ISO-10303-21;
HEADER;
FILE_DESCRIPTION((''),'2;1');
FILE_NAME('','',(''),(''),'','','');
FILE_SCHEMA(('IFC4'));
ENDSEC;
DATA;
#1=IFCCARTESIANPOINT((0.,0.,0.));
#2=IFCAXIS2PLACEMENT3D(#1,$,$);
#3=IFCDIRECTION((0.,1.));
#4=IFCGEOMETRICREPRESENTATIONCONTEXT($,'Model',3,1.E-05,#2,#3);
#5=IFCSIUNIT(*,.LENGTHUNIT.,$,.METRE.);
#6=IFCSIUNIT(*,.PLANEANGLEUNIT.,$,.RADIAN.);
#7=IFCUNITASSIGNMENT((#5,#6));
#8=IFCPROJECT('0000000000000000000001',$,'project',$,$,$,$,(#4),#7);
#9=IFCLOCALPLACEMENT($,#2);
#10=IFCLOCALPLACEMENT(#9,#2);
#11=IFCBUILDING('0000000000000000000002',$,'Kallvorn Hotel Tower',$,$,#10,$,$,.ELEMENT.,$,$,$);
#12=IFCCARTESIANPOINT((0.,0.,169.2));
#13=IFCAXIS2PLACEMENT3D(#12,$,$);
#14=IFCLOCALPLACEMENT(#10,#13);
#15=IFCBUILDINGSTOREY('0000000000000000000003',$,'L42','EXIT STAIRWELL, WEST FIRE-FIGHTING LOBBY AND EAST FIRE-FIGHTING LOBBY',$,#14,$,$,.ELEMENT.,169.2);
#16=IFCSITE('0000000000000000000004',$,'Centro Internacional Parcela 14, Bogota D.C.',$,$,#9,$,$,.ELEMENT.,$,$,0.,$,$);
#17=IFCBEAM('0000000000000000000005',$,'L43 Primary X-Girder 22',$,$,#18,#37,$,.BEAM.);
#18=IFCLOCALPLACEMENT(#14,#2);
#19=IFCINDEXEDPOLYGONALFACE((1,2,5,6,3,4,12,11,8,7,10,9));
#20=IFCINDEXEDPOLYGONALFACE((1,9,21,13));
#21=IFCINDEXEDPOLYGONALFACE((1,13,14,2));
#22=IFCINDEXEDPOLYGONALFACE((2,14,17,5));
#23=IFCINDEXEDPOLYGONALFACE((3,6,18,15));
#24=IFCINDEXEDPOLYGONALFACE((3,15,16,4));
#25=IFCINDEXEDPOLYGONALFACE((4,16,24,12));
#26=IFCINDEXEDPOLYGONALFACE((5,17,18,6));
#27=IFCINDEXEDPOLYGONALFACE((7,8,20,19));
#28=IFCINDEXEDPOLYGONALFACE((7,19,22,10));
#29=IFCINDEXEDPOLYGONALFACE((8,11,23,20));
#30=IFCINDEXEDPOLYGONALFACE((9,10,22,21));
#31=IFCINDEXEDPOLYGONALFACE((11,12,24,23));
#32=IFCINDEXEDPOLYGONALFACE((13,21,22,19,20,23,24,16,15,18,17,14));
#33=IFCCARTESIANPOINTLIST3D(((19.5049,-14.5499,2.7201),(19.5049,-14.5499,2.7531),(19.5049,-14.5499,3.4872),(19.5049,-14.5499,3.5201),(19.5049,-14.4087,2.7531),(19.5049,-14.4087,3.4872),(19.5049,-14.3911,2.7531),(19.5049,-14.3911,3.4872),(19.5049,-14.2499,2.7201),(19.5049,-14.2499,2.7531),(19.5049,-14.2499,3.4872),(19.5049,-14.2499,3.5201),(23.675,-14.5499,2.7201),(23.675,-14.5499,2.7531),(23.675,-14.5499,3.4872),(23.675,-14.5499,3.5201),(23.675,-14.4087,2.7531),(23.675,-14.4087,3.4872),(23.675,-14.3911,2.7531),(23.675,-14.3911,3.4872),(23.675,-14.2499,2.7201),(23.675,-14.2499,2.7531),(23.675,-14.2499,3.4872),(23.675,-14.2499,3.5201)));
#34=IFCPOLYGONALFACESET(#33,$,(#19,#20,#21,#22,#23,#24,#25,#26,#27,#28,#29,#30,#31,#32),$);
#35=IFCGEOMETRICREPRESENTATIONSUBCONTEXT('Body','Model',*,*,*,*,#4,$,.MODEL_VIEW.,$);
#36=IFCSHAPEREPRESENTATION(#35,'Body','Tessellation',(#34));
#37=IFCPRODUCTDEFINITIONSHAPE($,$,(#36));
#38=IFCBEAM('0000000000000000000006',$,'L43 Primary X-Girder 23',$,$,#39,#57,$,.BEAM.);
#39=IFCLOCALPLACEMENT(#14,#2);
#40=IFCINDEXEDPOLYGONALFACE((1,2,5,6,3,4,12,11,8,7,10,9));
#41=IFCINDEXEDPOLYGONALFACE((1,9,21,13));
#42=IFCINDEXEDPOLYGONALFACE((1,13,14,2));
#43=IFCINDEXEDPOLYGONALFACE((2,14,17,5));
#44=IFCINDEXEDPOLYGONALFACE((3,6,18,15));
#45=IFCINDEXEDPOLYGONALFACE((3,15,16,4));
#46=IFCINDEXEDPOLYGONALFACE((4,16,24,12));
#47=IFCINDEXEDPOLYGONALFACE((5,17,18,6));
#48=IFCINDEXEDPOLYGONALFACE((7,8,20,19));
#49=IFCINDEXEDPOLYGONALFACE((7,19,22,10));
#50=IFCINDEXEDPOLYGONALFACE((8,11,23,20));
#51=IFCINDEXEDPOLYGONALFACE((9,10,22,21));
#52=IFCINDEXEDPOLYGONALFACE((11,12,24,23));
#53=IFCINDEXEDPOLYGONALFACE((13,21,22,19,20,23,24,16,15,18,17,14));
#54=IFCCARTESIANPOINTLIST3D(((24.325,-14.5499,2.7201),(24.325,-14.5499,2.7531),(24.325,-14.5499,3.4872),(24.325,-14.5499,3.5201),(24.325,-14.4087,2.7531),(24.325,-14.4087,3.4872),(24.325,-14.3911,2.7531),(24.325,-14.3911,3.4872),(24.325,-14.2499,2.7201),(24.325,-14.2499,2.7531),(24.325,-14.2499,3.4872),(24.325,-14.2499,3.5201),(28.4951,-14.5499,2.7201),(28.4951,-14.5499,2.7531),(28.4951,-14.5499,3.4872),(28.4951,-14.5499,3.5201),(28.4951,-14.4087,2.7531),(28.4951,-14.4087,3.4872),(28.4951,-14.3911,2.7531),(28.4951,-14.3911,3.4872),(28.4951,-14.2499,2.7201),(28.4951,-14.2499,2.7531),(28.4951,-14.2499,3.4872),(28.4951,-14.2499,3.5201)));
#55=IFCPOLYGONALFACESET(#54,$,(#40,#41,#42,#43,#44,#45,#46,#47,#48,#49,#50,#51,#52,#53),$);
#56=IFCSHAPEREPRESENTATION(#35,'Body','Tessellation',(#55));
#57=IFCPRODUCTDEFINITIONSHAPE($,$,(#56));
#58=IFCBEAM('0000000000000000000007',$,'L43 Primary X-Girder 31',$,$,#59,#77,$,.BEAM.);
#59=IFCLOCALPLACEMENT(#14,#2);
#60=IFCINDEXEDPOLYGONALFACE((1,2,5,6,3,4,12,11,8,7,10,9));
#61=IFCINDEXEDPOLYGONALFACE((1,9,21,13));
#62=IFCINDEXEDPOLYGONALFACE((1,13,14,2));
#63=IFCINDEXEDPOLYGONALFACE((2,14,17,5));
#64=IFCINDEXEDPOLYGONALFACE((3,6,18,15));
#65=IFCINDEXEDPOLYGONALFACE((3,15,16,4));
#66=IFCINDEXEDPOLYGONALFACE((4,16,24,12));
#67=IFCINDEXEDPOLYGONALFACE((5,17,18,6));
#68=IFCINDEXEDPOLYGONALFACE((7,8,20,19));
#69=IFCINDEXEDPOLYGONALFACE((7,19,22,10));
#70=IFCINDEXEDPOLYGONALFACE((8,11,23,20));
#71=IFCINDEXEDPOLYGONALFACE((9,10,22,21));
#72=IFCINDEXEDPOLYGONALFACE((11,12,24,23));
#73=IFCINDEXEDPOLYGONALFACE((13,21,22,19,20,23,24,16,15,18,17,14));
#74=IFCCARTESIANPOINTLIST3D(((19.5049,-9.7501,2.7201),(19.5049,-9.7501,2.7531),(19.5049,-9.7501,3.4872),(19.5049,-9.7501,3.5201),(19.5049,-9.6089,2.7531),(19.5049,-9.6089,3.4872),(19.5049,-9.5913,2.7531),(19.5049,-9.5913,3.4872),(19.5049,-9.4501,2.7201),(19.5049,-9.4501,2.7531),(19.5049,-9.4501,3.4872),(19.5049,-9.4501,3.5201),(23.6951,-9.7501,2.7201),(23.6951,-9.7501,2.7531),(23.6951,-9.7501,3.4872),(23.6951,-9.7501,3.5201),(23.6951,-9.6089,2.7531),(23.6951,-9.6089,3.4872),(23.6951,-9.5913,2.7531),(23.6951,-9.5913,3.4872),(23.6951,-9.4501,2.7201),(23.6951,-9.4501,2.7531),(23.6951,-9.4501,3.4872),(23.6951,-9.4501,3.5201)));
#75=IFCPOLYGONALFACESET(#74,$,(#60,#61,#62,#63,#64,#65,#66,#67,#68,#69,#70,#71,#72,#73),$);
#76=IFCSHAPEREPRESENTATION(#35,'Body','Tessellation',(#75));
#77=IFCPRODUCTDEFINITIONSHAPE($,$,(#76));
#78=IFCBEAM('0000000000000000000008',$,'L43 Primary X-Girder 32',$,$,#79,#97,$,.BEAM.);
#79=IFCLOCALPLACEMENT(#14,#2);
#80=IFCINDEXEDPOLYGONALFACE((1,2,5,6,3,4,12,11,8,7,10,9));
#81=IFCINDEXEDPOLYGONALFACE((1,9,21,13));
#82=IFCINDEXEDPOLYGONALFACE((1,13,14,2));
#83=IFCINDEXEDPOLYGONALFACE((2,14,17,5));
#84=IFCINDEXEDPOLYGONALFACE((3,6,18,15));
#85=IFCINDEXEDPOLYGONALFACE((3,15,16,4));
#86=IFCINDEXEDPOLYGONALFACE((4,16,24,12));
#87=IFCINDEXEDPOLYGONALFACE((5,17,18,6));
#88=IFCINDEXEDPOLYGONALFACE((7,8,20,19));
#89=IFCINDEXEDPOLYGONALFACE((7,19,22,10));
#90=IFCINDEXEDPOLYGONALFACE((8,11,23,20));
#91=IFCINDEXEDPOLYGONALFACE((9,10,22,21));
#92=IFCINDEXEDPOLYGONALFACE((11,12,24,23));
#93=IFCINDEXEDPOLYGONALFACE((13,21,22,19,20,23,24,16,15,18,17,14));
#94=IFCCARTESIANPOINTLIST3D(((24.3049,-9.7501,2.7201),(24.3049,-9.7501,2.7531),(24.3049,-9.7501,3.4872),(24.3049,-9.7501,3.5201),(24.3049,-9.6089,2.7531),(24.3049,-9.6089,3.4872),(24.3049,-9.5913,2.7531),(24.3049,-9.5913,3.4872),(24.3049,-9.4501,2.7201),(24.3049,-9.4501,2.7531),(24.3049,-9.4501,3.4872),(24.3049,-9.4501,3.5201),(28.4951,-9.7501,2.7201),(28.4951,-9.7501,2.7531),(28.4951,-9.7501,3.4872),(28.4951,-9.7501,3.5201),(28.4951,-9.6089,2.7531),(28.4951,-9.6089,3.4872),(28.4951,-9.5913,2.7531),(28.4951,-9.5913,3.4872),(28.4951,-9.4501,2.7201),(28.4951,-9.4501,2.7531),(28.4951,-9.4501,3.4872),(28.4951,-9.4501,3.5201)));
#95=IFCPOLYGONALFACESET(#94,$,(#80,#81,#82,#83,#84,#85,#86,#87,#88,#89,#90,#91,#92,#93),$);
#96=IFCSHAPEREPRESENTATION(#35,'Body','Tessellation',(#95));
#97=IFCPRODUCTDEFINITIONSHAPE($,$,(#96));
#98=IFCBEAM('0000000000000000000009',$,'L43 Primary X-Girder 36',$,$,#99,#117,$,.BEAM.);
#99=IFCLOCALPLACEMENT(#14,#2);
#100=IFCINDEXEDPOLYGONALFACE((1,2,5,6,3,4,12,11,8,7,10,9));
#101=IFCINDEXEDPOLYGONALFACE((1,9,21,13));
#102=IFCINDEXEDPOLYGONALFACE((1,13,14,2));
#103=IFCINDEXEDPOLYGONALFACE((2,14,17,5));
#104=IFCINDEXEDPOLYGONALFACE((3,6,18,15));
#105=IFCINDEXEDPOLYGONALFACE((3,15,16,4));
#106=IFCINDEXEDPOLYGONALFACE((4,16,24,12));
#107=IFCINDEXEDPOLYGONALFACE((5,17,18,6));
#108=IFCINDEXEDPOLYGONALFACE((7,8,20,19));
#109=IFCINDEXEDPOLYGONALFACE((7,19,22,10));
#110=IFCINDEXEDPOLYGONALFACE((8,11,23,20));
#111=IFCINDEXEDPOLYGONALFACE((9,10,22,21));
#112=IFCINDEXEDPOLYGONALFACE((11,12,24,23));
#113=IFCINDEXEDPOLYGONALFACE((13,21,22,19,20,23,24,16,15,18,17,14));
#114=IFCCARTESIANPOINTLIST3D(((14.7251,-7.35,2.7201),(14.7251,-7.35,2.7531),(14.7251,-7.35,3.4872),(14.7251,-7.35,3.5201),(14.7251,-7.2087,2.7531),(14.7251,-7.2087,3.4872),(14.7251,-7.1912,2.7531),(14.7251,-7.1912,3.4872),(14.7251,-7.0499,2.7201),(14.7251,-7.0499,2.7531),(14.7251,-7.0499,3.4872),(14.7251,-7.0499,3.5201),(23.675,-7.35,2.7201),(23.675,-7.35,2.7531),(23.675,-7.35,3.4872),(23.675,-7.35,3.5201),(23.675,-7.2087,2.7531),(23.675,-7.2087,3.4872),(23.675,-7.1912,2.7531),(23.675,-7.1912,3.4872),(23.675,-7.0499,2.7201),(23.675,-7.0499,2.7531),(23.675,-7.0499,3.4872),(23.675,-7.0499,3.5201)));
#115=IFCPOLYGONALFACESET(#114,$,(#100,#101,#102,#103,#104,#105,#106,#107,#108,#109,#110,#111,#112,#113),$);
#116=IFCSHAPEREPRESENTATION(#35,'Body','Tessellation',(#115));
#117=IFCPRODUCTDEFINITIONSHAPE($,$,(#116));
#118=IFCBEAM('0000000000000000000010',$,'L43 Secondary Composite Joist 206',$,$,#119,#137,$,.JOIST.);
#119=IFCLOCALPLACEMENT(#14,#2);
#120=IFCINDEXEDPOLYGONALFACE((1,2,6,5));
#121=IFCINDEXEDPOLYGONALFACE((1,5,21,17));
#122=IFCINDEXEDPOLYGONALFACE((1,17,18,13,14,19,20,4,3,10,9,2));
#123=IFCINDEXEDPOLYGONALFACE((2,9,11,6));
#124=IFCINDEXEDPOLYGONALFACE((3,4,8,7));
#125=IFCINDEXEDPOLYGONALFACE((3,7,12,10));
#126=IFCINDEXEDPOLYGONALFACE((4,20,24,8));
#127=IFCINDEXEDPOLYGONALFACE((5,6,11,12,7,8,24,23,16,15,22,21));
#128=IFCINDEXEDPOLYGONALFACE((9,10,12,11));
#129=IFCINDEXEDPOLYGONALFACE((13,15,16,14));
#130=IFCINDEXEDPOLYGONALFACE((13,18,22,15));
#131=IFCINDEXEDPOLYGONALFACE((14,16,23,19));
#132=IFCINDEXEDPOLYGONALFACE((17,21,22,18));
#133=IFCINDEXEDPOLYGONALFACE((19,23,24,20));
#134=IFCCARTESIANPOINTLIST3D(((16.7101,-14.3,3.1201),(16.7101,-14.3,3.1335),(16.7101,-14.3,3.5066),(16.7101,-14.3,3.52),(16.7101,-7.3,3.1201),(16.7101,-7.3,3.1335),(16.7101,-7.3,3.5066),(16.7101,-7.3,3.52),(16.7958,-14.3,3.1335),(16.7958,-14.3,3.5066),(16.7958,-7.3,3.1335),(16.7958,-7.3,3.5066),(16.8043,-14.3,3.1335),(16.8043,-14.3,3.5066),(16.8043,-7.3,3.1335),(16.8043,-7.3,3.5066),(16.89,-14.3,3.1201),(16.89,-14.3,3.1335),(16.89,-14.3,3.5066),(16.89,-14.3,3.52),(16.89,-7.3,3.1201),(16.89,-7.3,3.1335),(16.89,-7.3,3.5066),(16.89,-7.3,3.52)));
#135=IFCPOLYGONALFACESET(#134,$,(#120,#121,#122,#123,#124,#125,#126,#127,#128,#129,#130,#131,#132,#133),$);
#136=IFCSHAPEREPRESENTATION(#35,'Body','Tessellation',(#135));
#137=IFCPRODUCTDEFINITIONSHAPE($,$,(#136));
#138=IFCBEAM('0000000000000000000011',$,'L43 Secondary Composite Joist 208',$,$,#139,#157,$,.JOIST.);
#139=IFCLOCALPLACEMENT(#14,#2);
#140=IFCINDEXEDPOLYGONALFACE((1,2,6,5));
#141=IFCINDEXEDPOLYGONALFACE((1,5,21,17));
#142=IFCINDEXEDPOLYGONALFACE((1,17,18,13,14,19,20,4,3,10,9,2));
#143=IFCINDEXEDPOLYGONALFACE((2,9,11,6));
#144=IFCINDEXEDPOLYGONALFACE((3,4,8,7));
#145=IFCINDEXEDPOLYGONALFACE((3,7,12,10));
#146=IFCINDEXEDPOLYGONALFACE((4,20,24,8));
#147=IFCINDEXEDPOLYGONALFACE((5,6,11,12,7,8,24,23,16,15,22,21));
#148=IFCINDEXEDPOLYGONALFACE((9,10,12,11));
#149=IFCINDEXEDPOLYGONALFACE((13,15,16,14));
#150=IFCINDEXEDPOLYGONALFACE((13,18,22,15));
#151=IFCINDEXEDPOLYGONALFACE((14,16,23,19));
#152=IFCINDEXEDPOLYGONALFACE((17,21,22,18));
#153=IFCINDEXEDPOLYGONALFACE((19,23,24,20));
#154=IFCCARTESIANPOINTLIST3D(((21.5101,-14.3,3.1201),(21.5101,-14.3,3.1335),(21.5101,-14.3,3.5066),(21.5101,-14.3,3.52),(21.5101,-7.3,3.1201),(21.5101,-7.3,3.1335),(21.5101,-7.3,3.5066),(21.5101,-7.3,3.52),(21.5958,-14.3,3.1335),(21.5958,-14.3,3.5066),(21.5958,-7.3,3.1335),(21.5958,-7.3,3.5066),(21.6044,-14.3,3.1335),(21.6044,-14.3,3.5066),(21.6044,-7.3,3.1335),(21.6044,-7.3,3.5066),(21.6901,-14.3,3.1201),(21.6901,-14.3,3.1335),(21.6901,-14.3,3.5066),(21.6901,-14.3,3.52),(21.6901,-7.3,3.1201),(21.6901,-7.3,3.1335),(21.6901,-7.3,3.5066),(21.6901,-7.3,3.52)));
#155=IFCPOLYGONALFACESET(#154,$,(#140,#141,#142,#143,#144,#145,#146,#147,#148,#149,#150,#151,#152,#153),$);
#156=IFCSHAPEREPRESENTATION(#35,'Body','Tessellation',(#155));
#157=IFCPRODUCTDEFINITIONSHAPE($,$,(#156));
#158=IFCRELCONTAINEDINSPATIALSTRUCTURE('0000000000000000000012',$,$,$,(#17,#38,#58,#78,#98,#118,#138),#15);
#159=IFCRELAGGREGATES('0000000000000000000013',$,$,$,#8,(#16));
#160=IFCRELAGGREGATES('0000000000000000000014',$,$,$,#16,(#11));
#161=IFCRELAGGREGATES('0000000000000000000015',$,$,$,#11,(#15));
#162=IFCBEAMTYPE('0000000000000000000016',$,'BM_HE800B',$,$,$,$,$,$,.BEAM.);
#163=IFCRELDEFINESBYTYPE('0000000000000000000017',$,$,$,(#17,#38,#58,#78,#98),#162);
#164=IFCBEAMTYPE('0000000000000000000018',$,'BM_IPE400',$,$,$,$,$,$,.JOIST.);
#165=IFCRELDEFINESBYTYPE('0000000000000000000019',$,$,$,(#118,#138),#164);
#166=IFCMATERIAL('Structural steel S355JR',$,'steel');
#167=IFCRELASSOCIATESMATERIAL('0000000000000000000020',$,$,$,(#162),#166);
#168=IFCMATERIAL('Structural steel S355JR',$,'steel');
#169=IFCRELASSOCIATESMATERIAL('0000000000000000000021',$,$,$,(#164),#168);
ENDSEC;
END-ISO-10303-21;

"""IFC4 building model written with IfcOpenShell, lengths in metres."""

from ifc_helpers import new_model, si_unit, direction, frame, origin, origin_2d, place, context, subcontext, project, spatial, i_section, extrude, material, material_profile, profile_set, type_object, element, save


model = new_model("IFC4")

# Units and contexts
model_context = context("Model", 3, precision=1e-05, world=origin(), true_north=direction((0.0, 1.0)))
body_context = subcontext(model_context, "Body", "Model", "MODEL_VIEW")
ifc_project = project(units=[si_unit("LENGTHUNIT", "METRE"), si_unit("PLANEANGLEUNIT", "RADIAN")], contexts=[model_context])

# Site, building, storey
site_placement = place(None, origin())
site = spatial("IfcSite", under=ifc_project, at=site_placement, Name="Centro Internacional Parcela 14, Bogota D.C.", CompositionType="ELEMENT", RefElevation=0.0)
building_placement = place(site_placement, origin())
building = spatial("IfcBuilding", under=site, at=building_placement, Name="Kallvorn Hotel Tower", CompositionType="ELEMENT")
storey_placement = place(building_placement, frame((0.0, 0.0, 169.2)))
storey = spatial("IfcBuildingStorey", under=building, at=storey_placement, Name="L42", Description="EXIT STAIRWELL, WEST FIRE-FIGHTING LOBBY AND EAST FIRE-FIGHTING LOBBY", CompositionType="ELEMENT", Elevation=169.2)

# Beams
ifc_material_1 = material(Name="Structural steel S355JR", Category="steel")
ifc_material_profile_1 = material_profile(ifc_material_1, i_section(OverallWidth=0.3, OverallDepth=0.8, WebThickness=0.0176, FlangeThickness=0.033, at=origin_2d()), Name="HE 800 B")
ifc_profile_set_1 = profile_set([ifc_material_profile_1], Name="Structural steel S355JR")
beam_type_1 = type_object("IfcBeamType", Name="BM_HE800B", PredefinedType="BEAM", material=ifc_profile_set_1)
for number, where, z_axis, x_axis, name in (
    (1, (19.5049, -14.3999, 3.1201), (1.0, 0.0, 0.0), (0.0, 1.0, 0.0), "L43 Primary X-Girder 22"),
    (2, (24.325, -14.3999, 3.1201), (1.0, 0.0, 0.0), (0.0, 1.0, 0.0), "L43 Primary X-Girder 23"),
):
    element("IfcBeam", number, at=place(storey_placement, frame(where, z_axis=z_axis, x_axis=x_axis)), inside=storey, type_object=beam_type_1, Name=name, PredefinedType="BEAM", context=body_context, shape_type="SweptSolid", body=[
        extrude(i_section(OverallWidth=0.3, OverallDepth=0.8, WebThickness=0.0176, FlangeThickness=0.033, at=origin_2d()), origin(), (0.0, 0.0, 1.0), 4.1702),
    ])
for number, where, z_axis, x_axis, name in (
    (3, (19.5049, -9.6001, 3.1201), (1.0, 0.0, 0.0), (0.0, 1.0, 0.0), "L43 Primary X-Girder 31"),
    (4, (24.3049, -9.6001, 3.1201), (1.0, 0.0, 0.0), (0.0, 1.0, 0.0), "L43 Primary X-Girder 32"),
):
    element("IfcBeam", number, at=place(storey_placement, frame(where, z_axis=z_axis, x_axis=x_axis)), inside=storey, type_object=beam_type_1, Name=name, PredefinedType="BEAM", context=body_context, shape_type="SweptSolid", body=[
        extrude(i_section(OverallWidth=0.3, OverallDepth=0.8, WebThickness=0.0176, FlangeThickness=0.033, at=origin_2d()), origin(), (0.0, 0.0, 1.0), 4.1902),
    ])
beam_1_placement = place(storey_placement, frame((14.7251, -7.2, 3.1201), z_axis=(1.0, 0.0, 0.0), x_axis=(0.0, 1.0, 0.0)))
element("IfcBeam", 5, at=beam_1_placement, inside=storey, type_object=beam_type_1, Name="L43 Primary X-Girder 36", PredefinedType="BEAM", context=body_context, shape_type="SweptSolid", body=[
    extrude(i_section(OverallWidth=0.3, OverallDepth=0.8, WebThickness=0.0176, FlangeThickness=0.033, at=origin_2d()), origin(), (0.0, 0.0, 1.0), 8.95),
])
ifc_material_2 = material(Name="Structural steel S355JR", Category="steel")
ifc_material_profile_2 = material_profile(ifc_material_2, i_section(OverallWidth=0.1799, OverallDepth=0.3999, WebThickness=0.0085, FlangeThickness=0.0134, at=origin_2d()), Name="IPE 400")
ifc_profile_set_2 = profile_set([ifc_material_profile_2], Name="Structural steel S355JR")
beam_type_2 = type_object("IfcBeamType", Name="BM_IPE400", PredefinedType="JOIST", material=ifc_profile_set_2)
for number, where, z_axis, x_axis, name in (
    (6, (16.8, -14.3, 3.3201), (0.0, 1.0, 0.0), (-1.0, 0.0, 0.0), "L43 Secondary Composite Joist 206"),
    (7, (21.6001, -14.3, 3.3201), (0.0, 1.0, 0.0), (-1.0, 0.0, 0.0), "L43 Secondary Composite Joist 208"),
):
    element("IfcBeam", number, at=place(storey_placement, frame(where, z_axis=z_axis, x_axis=x_axis)), inside=storey, type_object=beam_type_2, Name=name, PredefinedType="JOIST", context=body_context, shape_type="SweptSolid", body=[
        extrude(i_section(OverallWidth=0.1799, OverallDepth=0.3999, WebThickness=0.0085, FlangeThickness=0.0134, at=origin_2d()), origin(), (0.0, 0.0, 1.0), 7.0),
    ])

save(model, "model.ifc")
